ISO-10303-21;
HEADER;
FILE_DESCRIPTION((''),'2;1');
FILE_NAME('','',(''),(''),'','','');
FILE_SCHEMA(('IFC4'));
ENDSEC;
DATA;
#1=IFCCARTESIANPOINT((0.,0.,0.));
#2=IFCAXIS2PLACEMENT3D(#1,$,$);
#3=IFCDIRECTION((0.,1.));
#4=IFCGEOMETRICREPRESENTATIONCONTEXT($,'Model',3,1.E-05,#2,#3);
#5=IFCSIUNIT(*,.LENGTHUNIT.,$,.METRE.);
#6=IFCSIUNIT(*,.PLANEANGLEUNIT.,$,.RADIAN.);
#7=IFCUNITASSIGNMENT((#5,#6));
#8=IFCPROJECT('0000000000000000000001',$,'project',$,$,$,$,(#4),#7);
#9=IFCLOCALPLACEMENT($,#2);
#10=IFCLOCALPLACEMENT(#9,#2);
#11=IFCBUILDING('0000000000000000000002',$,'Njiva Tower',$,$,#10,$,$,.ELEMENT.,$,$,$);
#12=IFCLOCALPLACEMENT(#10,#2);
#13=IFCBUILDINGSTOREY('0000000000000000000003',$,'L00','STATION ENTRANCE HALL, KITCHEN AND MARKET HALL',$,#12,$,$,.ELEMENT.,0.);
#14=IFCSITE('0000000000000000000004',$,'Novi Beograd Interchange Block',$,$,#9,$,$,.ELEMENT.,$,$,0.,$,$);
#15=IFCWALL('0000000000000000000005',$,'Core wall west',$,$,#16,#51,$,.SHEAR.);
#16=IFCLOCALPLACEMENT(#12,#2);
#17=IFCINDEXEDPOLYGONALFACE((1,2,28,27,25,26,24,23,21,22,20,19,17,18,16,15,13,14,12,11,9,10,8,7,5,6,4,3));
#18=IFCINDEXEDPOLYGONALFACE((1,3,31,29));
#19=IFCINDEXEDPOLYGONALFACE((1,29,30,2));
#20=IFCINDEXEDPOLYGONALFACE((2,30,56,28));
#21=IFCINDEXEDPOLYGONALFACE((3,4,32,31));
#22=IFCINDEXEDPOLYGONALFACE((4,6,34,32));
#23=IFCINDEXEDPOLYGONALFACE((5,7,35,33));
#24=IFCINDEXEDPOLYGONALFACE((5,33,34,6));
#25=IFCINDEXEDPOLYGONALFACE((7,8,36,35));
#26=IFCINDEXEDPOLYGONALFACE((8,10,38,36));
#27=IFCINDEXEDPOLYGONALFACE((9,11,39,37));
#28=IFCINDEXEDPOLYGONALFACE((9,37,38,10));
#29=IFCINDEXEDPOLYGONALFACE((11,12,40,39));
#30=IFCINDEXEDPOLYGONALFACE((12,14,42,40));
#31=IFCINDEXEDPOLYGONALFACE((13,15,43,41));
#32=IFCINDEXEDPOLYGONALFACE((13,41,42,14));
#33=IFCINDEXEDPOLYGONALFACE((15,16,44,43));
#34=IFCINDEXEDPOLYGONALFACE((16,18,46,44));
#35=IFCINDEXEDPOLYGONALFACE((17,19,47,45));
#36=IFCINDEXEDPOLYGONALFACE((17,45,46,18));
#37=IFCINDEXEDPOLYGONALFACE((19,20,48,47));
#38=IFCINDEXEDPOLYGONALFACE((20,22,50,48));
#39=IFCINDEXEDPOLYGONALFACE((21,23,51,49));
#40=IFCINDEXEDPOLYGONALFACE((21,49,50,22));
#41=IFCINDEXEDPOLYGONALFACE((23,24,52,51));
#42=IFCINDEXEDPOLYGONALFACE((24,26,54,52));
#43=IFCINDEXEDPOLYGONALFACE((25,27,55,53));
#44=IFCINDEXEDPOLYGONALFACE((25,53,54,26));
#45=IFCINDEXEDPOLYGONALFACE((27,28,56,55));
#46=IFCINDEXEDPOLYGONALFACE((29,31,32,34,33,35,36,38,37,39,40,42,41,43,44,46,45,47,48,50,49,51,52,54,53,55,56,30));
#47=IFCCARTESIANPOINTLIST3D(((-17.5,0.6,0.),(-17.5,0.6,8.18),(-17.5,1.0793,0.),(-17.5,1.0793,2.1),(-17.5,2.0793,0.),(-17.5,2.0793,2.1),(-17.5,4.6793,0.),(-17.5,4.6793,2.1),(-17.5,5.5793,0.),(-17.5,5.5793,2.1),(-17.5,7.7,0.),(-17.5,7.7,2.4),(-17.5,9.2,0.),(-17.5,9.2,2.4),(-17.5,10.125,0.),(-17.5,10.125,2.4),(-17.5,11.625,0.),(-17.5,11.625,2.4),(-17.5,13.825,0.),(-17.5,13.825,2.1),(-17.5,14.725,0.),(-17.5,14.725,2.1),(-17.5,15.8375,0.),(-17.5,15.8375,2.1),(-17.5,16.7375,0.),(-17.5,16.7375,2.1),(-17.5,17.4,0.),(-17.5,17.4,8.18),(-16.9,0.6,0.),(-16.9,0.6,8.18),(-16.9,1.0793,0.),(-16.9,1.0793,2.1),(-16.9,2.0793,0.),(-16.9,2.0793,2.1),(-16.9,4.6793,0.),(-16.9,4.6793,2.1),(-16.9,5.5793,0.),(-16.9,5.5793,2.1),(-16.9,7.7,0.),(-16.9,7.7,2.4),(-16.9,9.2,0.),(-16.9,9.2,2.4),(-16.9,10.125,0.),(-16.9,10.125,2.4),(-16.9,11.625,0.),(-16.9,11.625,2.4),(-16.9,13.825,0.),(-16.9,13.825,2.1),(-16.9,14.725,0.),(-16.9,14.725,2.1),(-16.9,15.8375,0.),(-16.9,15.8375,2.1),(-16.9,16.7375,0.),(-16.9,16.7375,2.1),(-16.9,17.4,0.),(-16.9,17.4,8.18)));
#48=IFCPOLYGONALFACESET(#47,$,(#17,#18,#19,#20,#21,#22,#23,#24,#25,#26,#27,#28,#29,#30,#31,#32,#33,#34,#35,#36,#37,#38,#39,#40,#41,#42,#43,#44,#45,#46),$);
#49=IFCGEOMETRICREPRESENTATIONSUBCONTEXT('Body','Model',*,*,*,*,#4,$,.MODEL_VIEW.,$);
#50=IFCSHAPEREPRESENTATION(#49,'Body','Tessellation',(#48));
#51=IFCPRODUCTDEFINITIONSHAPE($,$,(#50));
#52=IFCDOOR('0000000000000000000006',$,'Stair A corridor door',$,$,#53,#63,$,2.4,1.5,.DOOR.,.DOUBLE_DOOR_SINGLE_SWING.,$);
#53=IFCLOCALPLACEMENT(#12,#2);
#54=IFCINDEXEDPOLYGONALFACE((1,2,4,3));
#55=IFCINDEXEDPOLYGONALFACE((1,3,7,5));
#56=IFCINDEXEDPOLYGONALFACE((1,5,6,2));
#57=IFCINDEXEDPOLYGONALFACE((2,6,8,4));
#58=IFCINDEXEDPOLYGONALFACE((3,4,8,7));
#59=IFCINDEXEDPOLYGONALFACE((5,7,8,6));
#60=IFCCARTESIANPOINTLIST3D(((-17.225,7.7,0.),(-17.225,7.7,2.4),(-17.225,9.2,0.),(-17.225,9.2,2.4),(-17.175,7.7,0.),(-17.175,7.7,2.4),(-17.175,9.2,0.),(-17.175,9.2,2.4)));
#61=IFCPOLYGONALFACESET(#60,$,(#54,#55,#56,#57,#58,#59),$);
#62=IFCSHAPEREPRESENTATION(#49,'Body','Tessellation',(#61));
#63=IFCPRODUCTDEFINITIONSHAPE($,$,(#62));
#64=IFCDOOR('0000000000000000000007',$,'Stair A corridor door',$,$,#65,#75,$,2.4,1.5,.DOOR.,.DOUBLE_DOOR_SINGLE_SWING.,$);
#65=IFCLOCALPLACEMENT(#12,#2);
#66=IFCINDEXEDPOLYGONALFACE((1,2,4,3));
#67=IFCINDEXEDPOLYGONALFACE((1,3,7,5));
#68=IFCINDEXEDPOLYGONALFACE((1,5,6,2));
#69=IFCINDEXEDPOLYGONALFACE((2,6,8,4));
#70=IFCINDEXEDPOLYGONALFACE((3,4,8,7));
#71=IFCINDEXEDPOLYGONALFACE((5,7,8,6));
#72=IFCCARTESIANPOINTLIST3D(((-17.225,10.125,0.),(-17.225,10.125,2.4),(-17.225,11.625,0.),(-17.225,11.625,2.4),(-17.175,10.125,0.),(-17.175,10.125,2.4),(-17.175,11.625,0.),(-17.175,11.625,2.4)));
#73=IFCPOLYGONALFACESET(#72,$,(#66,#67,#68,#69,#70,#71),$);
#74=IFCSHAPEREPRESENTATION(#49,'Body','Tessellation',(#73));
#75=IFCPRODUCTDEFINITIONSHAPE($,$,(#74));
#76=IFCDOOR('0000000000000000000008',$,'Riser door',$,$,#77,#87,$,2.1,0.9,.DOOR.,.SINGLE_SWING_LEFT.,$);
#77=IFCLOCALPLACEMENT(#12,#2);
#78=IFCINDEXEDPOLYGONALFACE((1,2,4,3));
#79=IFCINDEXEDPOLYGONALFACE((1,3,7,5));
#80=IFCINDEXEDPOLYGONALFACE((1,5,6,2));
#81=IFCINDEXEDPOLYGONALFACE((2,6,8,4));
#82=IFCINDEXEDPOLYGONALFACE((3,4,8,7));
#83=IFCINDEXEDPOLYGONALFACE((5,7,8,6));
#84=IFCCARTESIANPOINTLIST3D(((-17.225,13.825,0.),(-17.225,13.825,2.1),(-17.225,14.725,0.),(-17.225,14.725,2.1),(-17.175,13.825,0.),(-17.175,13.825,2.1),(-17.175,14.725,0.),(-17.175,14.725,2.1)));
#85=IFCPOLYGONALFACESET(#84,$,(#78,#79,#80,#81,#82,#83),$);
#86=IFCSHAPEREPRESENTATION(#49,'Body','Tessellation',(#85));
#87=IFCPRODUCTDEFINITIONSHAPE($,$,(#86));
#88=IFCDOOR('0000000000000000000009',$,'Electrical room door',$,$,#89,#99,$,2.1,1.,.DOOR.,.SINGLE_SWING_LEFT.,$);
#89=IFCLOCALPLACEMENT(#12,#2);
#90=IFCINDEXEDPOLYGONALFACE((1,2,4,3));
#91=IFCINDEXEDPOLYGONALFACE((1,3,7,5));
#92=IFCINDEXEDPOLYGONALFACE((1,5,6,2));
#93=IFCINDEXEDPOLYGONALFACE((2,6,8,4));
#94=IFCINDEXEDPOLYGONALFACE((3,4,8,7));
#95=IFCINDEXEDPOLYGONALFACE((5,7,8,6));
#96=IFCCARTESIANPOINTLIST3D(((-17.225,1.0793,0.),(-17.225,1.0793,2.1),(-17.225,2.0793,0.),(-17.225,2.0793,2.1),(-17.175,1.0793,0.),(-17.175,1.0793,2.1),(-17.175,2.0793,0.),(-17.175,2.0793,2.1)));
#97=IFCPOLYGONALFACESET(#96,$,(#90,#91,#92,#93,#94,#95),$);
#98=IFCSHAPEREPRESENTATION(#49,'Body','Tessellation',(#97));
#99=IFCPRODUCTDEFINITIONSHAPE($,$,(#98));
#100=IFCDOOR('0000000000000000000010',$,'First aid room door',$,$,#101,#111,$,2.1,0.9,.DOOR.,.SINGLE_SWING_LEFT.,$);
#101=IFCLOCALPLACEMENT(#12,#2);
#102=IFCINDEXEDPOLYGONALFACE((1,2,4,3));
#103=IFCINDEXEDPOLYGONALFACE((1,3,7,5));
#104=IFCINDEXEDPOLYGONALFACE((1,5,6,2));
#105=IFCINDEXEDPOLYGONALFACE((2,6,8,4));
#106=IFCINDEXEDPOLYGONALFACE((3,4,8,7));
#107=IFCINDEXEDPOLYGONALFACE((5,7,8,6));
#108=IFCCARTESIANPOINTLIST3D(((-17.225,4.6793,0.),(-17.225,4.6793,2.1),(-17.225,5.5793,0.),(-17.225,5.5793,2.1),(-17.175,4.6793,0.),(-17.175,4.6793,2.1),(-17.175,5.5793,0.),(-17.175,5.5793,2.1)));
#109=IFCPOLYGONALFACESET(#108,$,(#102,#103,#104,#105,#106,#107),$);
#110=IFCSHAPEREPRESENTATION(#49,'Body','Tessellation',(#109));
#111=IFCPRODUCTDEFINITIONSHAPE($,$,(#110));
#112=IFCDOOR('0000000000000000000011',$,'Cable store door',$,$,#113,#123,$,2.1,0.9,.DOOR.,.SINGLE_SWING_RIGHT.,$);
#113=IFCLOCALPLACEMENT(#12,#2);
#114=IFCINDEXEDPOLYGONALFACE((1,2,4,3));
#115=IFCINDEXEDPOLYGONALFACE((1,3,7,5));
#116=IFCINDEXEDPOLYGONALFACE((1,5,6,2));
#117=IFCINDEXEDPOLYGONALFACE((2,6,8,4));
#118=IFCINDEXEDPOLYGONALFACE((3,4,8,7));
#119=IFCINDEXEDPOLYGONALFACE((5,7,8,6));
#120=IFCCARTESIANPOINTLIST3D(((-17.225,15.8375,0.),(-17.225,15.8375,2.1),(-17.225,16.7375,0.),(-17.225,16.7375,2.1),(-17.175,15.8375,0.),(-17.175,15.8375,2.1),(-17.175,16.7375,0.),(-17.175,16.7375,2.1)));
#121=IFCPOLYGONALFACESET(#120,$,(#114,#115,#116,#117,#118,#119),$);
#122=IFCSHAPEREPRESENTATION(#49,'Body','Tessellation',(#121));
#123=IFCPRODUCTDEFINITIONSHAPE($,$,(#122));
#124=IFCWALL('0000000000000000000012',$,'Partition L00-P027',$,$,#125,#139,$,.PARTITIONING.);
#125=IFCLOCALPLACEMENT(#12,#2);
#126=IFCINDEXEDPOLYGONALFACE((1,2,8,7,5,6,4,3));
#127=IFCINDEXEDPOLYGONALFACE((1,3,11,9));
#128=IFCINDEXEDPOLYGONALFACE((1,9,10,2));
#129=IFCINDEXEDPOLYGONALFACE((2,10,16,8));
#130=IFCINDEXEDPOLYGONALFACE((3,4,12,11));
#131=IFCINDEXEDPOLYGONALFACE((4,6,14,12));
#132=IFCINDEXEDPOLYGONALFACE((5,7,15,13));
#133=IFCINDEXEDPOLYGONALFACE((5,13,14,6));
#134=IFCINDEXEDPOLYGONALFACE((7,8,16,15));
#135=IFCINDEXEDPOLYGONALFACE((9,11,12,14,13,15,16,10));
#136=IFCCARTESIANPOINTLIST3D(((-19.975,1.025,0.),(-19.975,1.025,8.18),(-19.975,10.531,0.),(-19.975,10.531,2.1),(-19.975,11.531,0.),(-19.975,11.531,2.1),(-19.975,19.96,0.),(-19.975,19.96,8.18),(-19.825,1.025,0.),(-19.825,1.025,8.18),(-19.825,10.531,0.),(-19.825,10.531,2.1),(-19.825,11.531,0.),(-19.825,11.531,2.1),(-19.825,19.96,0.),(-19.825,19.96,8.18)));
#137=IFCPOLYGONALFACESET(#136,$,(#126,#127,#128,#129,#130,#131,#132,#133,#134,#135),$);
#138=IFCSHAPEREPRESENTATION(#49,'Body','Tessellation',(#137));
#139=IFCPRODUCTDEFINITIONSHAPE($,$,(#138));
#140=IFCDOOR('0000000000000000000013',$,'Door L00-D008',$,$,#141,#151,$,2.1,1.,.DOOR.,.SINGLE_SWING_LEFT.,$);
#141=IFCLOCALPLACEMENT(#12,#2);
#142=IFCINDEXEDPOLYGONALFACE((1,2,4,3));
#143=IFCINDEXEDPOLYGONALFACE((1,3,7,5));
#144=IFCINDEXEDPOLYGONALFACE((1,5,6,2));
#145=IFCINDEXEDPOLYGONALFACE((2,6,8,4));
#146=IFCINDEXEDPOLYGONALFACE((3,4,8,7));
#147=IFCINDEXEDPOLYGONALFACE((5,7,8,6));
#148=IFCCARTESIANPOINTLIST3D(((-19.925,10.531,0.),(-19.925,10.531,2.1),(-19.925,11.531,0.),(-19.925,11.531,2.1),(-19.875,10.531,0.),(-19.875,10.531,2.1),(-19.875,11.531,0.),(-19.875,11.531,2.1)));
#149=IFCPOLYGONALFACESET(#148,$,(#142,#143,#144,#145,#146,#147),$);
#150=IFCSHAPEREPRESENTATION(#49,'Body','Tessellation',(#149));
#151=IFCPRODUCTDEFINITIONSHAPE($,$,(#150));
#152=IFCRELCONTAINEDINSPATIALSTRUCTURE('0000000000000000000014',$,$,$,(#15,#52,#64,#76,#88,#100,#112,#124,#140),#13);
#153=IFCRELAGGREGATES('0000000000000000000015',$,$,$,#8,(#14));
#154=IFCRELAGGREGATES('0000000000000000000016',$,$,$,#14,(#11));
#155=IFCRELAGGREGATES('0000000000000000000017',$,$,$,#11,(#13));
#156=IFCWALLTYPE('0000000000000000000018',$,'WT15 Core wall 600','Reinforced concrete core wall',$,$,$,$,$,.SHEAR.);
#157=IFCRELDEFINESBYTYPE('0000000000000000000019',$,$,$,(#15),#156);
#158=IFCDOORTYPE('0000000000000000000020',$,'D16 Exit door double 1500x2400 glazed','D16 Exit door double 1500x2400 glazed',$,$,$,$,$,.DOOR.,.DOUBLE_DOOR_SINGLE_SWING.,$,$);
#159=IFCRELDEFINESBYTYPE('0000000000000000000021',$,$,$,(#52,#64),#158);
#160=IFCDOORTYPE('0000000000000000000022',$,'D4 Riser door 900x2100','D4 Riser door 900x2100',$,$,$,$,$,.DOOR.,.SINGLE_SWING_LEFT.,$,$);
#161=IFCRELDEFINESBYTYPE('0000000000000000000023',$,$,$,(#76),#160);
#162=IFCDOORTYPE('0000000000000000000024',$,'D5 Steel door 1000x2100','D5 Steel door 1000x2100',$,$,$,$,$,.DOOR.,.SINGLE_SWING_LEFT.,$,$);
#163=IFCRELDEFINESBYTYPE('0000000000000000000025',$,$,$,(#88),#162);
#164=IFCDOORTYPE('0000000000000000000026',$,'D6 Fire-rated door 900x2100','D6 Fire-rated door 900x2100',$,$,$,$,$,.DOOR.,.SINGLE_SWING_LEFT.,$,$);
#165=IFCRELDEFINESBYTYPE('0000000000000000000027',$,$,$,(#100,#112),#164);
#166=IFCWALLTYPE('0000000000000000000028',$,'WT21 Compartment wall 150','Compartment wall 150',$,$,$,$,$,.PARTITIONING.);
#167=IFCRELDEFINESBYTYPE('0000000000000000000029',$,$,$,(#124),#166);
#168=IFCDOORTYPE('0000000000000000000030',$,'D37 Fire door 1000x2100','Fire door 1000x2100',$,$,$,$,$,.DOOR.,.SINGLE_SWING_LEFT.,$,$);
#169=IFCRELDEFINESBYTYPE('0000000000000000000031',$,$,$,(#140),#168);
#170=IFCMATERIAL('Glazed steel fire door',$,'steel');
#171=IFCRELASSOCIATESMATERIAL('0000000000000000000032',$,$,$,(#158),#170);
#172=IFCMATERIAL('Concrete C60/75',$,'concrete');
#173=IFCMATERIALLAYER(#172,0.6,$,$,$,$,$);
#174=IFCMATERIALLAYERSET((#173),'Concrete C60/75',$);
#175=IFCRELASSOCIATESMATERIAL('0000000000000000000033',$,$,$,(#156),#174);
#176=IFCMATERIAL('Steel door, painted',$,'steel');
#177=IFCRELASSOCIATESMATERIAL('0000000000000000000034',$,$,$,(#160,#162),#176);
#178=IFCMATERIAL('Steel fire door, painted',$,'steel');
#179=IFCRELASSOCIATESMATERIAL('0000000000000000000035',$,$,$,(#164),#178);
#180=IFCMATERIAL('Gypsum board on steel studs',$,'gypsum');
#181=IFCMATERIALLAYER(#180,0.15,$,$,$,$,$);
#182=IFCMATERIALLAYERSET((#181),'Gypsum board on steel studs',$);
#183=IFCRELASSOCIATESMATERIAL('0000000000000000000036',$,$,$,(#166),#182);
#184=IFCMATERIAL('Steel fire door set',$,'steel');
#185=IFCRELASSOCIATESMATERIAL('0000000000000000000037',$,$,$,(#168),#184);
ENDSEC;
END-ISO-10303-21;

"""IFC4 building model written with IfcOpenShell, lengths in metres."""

from ifc_helpers import new_model, si_unit, direction, frame, frame_2d, origin, place, context, subcontext, project, spatial, rectangle, extrude, material, layer, layer_set, type_object, element, fill, save


model = new_model("IFC4")

# Units and contexts
model_context = context("Model", 3, precision=1e-05, world=origin(), true_north=direction((0.0, 1.0)))
body_context = subcontext(model_context, "Body", "Model", "MODEL_VIEW")
ifc_project = project(units=[si_unit("LENGTHUNIT", "METRE"), si_unit("PLANEANGLEUNIT", "RADIAN")], contexts=[model_context])

# Site, building, storey
site_placement = place(None, origin())
site = spatial("IfcSite", under=ifc_project, at=site_placement, Name="Novi Beograd Interchange Block", CompositionType="ELEMENT", RefElevation=0.0)
building_placement = place(site_placement, origin())
building = spatial("IfcBuilding", under=site, at=building_placement, Name="Njiva Tower", CompositionType="ELEMENT")
storey_placement = place(building_placement, origin())
storey = spatial("IfcBuildingStorey", under=building, at=storey_placement, Name="L00", Description="STATION ENTRANCE HALL, KITCHEN AND MARKET HALL", CompositionType="ELEMENT", Elevation=0.0)

# Wall, openings, doors
ifc_material_1 = material(Name="Glazed steel fire door", Category="steel")
door_type_1 = type_object("IfcDoorType", Name="D16 Exit door double 1500x2400 glazed", Description="D16 Exit door double 1500x2400 glazed", OperationType="DOUBLE_DOOR_SINGLE_SWING", PredefinedType="DOOR", material=ifc_material_1)
ifc_material_2 = material(Name="Concrete C60/75", Category="concrete")
ifc_layer_1 = layer(ifc_material_2, 0.6)
ifc_layer_set_1 = layer_set([ifc_layer_1], Name="Concrete C60/75")
wall_type_1 = type_object("IfcWallType", Name="WT15 Core wall 600", Description="Reinforced concrete core wall", PredefinedType="SHEAR", material=ifc_layer_set_1)
wall_1_placement = place(storey_placement, frame((-17.2, 0.6, 0.0), z_axis=(0.0, 0.0, 1.0), x_axis=(0.0, 1.0, 0.0)))
wall_1 = element("IfcWall", 1, at=wall_1_placement, inside=storey, type_object=wall_type_1, Name="Core wall west", PredefinedType="SHEAR", context=body_context, shape_type="SweptSolid", body=[
    extrude(rectangle(XDim=16.8, YDim=0.6, at=frame_2d((8.4, 0.0))), origin(), (0.0, 0.0, 1.0), 8.18),
])
opening_1_placement = place(wall_1_placement, frame((7.1, 0.0, 0.0)))
opening_1 = element("IfcOpeningElement", 2, at=opening_1_placement, cuts=wall_1, PredefinedType="OPENING", context=body_context, shape_type="SweptSolid", body=[
    extrude(rectangle(XDim=1.5, YDim=2.4, at=frame_2d((0.75, 1.2))), frame((0.0, 0.31, 0.0), z_axis=(0.0, -1.0, 0.0), x_axis=(1.0, 0.0, 0.0)), (0.0, 0.0, 1.0), 0.62),
])
opening_2_placement = place(wall_1_placement, frame((9.525, 0.0, 0.0)))
opening_2 = element("IfcOpeningElement", 3, at=opening_2_placement, cuts=wall_1, PredefinedType="OPENING", context=body_context, shape_type="SweptSolid", body=[
    extrude(rectangle(XDim=1.5, YDim=2.4, at=frame_2d((0.75, 1.2))), frame((0.0, 0.31, 0.0), z_axis=(0.0, -1.0, 0.0), x_axis=(1.0, 0.0, 0.0)), (0.0, 0.0, 1.0), 0.62),
])
opening_3_placement = place(wall_1_placement, frame((0.4793, 0.0, 0.0)))
opening_3 = element("IfcOpeningElement", 4, at=opening_3_placement, cuts=wall_1, PredefinedType="OPENING", context=body_context, shape_type="SweptSolid", body=[
    extrude(rectangle(XDim=1.0, YDim=2.1, at=frame_2d((0.5, 1.05))), frame((0.0, 0.31, 0.0), z_axis=(0.0, -1.0, 0.0), x_axis=(1.0, 0.0, 0.0)), (0.0, 0.0, 1.0), 0.62),
])
opening_4_placement = place(wall_1_placement, frame((4.0793, 0.0, 0.0)))
opening_4 = element("IfcOpeningElement", 5, at=opening_4_placement, cuts=wall_1, PredefinedType="OPENING", context=body_context, shape_type="SweptSolid", body=[
    extrude(rectangle(XDim=0.9, YDim=2.1, at=frame_2d((0.45, 1.05))), frame((0.0, 0.31, 0.0), z_axis=(0.0, -1.0, 0.0), x_axis=(1.0, 0.0, 0.0)), (0.0, 0.0, 1.0), 0.62),
])
opening_5_placement = place(wall_1_placement, frame((13.225, 0.0, 0.0)))
opening_5 = element("IfcOpeningElement", 6, at=opening_5_placement, cuts=wall_1, PredefinedType="OPENING", context=body_context, shape_type="SweptSolid", body=[
    extrude(rectangle(XDim=0.9, YDim=2.1, at=frame_2d((0.45, 1.05))), frame((0.0, 0.31, 0.0), z_axis=(0.0, -1.0, 0.0), x_axis=(1.0, 0.0, 0.0)), (0.0, 0.0, 1.0), 0.62),
])
opening_6_placement = place(wall_1_placement, frame((15.2375, 0.0, 0.0)))
opening_6 = element("IfcOpeningElement", 7, at=opening_6_placement, cuts=wall_1, PredefinedType="OPENING", context=body_context, shape_type="SweptSolid", body=[
    extrude(rectangle(XDim=0.9, YDim=2.1, at=frame_2d((0.45, 1.05))), frame((0.0, 0.31, 0.0), z_axis=(0.0, -1.0, 0.0), x_axis=(1.0, 0.0, 0.0)), (0.0, 0.0, 1.0), 0.62),
])
door_1_placement = place(opening_1_placement, origin())
door_1 = element("IfcDoor", 8, at=door_1_placement, inside=storey, type_object=door_type_1, Name="Stair A corridor door", OperationType="DOUBLE_DOOR_SINGLE_SWING", OverallHeight=2.4, OverallWidth=1.5, PredefinedType="DOOR", context=body_context, shape_type="SweptSolid", body=[
    extrude(rectangle(XDim=1.5, YDim=2.4, at=frame_2d((0.75, 1.2))), frame((0.0, 0.025, 0.0), z_axis=(0.0, -1.0, 0.0), x_axis=(1.0, 0.0, 0.0)), (0.0, 0.0, 1.0), 0.05),
])
fill(opening_1, door_1)
door_2_placement = place(opening_2_placement, origin())
door_2 = element("IfcDoor", 9, at=door_2_placement, inside=storey, type_object=door_type_1, Name="Stair A corridor door", OperationType="DOUBLE_DOOR_SINGLE_SWING", OverallHeight=2.4, OverallWidth=1.5, PredefinedType="DOOR", context=body_context, shape_type="SweptSolid", body=[
    extrude(rectangle(XDim=1.5, YDim=2.4, at=frame_2d((0.75, 1.2))), frame((0.0, 0.025, 0.0), z_axis=(0.0, -1.0, 0.0), x_axis=(1.0, 0.0, 0.0)), (0.0, 0.0, 1.0), 0.05),
])
fill(opening_2, door_2)
ifc_material_3 = material(Name="Steel door, painted", Category="steel")
door_type_2 = type_object("IfcDoorType", Name="D4 Riser door 900x2100", Description="D4 Riser door 900x2100", OperationType="SINGLE_SWING_LEFT", PredefinedType="DOOR", material=ifc_material_3)
door_3_placement = place(opening_5_placement, origin())
door_3 = element("IfcDoor", 10, at=door_3_placement, inside=storey, type_object=door_type_2, Name="Riser door", OperationType="SINGLE_SWING_LEFT", OverallHeight=2.1, OverallWidth=0.9, PredefinedType="DOOR", context=body_context, shape_type="SweptSolid", body=[
    extrude(rectangle(XDim=0.9, YDim=2.1, at=frame_2d((0.45, 1.05))), frame((0.0, 0.025, 0.0), z_axis=(0.0, -1.0, 0.0), x_axis=(1.0, 0.0, 0.0)), (0.0, 0.0, 1.0), 0.05),
])
fill(opening_5, door_3)
door_type_3 = type_object("IfcDoorType", Name="D5 Steel door 1000x2100", Description="D5 Steel door 1000x2100", OperationType="SINGLE_SWING_LEFT", PredefinedType="DOOR", material=ifc_material_3)
door_4_placement = place(opening_3_placement, origin())
door_4 = element("IfcDoor", 11, at=door_4_placement, inside=storey, type_object=door_type_3, Name="Electrical room door", OperationType="SINGLE_SWING_LEFT", OverallHeight=2.1, OverallWidth=1.0, PredefinedType="DOOR", context=body_context, shape_type="SweptSolid", body=[
    extrude(rectangle(XDim=1.0, YDim=2.1, at=frame_2d((0.5, 1.05))), frame((0.0, 0.025, 0.0), z_axis=(0.0, -1.0, 0.0), x_axis=(1.0, 0.0, 0.0)), (0.0, 0.0, 1.0), 0.05),
])
fill(opening_3, door_4)
ifc_material_4 = material(Name="Steel fire door, painted", Category="steel")
door_type_4 = type_object("IfcDoorType", Name="D6 Fire-rated door 900x2100", Description="D6 Fire-rated door 900x2100", OperationType="SINGLE_SWING_LEFT", PredefinedType="DOOR", material=ifc_material_4)
door_5_placement = place(opening_4_placement, origin())
door_5 = element("IfcDoor", 12, at=door_5_placement, inside=storey, type_object=door_type_4, Name="First aid room door", OperationType="SINGLE_SWING_LEFT", OverallHeight=2.1, OverallWidth=0.9, PredefinedType="DOOR", context=body_context, shape_type="SweptSolid", body=[
    extrude(rectangle(XDim=0.9, YDim=2.1, at=frame_2d((0.45, 1.05))), frame((0.0, 0.025, 0.0), z_axis=(0.0, -1.0, 0.0), x_axis=(1.0, 0.0, 0.0)), (0.0, 0.0, 1.0), 0.05),
])
fill(opening_4, door_5)
door_6_placement = place(opening_6_placement, origin())
door_6 = element("IfcDoor", 13, at=door_6_placement, inside=storey, type_object=door_type_4, Name="Cable store door", OperationType="SINGLE_SWING_RIGHT", OverallHeight=2.1, OverallWidth=0.9, PredefinedType="DOOR", context=body_context, shape_type="SweptSolid", body=[
    extrude(rectangle(XDim=0.9, YDim=2.1, at=frame_2d((0.45, 1.05))), frame((0.0, 0.025, 0.0), z_axis=(0.0, -1.0, 0.0), x_axis=(1.0, 0.0, 0.0)), (0.0, 0.0, 1.0), 0.05),
])
fill(opening_6, door_6)

# Wall, opening, door
ifc_material_5 = material(Name="Gypsum board on steel studs", Category="gypsum")
ifc_layer_2 = layer(ifc_material_5, 0.15)
ifc_layer_set_2 = layer_set([ifc_layer_2], Name="Gypsum board on steel studs")
wall_type_2 = type_object("IfcWallType", Name="WT21 Compartment wall 150", Description="Compartment wall 150", PredefinedType="PARTITIONING", material=ifc_layer_set_2)
wall_2_placement = place(storey_placement, frame((-19.9, 1.025, 0.0), z_axis=(0.0, 0.0, 1.0), x_axis=(0.0, 1.0, 0.0)))
wall_2 = element("IfcWall", 14, at=wall_2_placement, inside=storey, type_object=wall_type_2, Name="Partition L00-P027", PredefinedType="PARTITIONING", context=body_context, shape_type="SweptSolid", body=[
    extrude(rectangle(XDim=18.935, YDim=0.15, at=frame_2d((9.4675, 0.0))), origin(), (0.0, 0.0, 1.0), 8.18),
])
opening_7_placement = place(wall_2_placement, frame((9.506, 0.0, 0.0)))
opening_7 = element("IfcOpeningElement", 15, at=opening_7_placement, cuts=wall_2, PredefinedType="OPENING", context=body_context, shape_type="SweptSolid", body=[
    extrude(rectangle(XDim=1.0, YDim=2.1, at=frame_2d((0.5, 1.05))), frame((0.0, 0.085, 0.0), z_axis=(0.0, -1.0, 0.0), x_axis=(1.0, 0.0, 0.0)), (0.0, 0.0, 1.0), 0.17),
])
ifc_material_6 = material(Name="Steel fire door set", Category="steel")
door_type_5 = type_object("IfcDoorType", Name="D37 Fire door 1000x2100", Description="Fire door 1000x2100", OperationType="SINGLE_SWING_LEFT", PredefinedType="DOOR", material=ifc_material_6)
door_7_placement = place(opening_7_placement, origin())
door_7 = element("IfcDoor", 16, at=door_7_placement, inside=storey, type_object=door_type_5, Name="Door L00-D008", OperationType="SINGLE_SWING_LEFT", OverallHeight=2.1, OverallWidth=1.0, PredefinedType="DOOR", context=body_context, shape_type="SweptSolid", body=[
    extrude(rectangle(XDim=1.0, YDim=2.1, at=frame_2d((0.5, 1.05))), frame((0.0, 0.025, 0.0), z_axis=(0.0, -1.0, 0.0), x_axis=(1.0, 0.0, 0.0)), (0.0, 0.0, 1.0), 0.05),
])
fill(opening_7, door_7)

save(model, "model.ifc")
